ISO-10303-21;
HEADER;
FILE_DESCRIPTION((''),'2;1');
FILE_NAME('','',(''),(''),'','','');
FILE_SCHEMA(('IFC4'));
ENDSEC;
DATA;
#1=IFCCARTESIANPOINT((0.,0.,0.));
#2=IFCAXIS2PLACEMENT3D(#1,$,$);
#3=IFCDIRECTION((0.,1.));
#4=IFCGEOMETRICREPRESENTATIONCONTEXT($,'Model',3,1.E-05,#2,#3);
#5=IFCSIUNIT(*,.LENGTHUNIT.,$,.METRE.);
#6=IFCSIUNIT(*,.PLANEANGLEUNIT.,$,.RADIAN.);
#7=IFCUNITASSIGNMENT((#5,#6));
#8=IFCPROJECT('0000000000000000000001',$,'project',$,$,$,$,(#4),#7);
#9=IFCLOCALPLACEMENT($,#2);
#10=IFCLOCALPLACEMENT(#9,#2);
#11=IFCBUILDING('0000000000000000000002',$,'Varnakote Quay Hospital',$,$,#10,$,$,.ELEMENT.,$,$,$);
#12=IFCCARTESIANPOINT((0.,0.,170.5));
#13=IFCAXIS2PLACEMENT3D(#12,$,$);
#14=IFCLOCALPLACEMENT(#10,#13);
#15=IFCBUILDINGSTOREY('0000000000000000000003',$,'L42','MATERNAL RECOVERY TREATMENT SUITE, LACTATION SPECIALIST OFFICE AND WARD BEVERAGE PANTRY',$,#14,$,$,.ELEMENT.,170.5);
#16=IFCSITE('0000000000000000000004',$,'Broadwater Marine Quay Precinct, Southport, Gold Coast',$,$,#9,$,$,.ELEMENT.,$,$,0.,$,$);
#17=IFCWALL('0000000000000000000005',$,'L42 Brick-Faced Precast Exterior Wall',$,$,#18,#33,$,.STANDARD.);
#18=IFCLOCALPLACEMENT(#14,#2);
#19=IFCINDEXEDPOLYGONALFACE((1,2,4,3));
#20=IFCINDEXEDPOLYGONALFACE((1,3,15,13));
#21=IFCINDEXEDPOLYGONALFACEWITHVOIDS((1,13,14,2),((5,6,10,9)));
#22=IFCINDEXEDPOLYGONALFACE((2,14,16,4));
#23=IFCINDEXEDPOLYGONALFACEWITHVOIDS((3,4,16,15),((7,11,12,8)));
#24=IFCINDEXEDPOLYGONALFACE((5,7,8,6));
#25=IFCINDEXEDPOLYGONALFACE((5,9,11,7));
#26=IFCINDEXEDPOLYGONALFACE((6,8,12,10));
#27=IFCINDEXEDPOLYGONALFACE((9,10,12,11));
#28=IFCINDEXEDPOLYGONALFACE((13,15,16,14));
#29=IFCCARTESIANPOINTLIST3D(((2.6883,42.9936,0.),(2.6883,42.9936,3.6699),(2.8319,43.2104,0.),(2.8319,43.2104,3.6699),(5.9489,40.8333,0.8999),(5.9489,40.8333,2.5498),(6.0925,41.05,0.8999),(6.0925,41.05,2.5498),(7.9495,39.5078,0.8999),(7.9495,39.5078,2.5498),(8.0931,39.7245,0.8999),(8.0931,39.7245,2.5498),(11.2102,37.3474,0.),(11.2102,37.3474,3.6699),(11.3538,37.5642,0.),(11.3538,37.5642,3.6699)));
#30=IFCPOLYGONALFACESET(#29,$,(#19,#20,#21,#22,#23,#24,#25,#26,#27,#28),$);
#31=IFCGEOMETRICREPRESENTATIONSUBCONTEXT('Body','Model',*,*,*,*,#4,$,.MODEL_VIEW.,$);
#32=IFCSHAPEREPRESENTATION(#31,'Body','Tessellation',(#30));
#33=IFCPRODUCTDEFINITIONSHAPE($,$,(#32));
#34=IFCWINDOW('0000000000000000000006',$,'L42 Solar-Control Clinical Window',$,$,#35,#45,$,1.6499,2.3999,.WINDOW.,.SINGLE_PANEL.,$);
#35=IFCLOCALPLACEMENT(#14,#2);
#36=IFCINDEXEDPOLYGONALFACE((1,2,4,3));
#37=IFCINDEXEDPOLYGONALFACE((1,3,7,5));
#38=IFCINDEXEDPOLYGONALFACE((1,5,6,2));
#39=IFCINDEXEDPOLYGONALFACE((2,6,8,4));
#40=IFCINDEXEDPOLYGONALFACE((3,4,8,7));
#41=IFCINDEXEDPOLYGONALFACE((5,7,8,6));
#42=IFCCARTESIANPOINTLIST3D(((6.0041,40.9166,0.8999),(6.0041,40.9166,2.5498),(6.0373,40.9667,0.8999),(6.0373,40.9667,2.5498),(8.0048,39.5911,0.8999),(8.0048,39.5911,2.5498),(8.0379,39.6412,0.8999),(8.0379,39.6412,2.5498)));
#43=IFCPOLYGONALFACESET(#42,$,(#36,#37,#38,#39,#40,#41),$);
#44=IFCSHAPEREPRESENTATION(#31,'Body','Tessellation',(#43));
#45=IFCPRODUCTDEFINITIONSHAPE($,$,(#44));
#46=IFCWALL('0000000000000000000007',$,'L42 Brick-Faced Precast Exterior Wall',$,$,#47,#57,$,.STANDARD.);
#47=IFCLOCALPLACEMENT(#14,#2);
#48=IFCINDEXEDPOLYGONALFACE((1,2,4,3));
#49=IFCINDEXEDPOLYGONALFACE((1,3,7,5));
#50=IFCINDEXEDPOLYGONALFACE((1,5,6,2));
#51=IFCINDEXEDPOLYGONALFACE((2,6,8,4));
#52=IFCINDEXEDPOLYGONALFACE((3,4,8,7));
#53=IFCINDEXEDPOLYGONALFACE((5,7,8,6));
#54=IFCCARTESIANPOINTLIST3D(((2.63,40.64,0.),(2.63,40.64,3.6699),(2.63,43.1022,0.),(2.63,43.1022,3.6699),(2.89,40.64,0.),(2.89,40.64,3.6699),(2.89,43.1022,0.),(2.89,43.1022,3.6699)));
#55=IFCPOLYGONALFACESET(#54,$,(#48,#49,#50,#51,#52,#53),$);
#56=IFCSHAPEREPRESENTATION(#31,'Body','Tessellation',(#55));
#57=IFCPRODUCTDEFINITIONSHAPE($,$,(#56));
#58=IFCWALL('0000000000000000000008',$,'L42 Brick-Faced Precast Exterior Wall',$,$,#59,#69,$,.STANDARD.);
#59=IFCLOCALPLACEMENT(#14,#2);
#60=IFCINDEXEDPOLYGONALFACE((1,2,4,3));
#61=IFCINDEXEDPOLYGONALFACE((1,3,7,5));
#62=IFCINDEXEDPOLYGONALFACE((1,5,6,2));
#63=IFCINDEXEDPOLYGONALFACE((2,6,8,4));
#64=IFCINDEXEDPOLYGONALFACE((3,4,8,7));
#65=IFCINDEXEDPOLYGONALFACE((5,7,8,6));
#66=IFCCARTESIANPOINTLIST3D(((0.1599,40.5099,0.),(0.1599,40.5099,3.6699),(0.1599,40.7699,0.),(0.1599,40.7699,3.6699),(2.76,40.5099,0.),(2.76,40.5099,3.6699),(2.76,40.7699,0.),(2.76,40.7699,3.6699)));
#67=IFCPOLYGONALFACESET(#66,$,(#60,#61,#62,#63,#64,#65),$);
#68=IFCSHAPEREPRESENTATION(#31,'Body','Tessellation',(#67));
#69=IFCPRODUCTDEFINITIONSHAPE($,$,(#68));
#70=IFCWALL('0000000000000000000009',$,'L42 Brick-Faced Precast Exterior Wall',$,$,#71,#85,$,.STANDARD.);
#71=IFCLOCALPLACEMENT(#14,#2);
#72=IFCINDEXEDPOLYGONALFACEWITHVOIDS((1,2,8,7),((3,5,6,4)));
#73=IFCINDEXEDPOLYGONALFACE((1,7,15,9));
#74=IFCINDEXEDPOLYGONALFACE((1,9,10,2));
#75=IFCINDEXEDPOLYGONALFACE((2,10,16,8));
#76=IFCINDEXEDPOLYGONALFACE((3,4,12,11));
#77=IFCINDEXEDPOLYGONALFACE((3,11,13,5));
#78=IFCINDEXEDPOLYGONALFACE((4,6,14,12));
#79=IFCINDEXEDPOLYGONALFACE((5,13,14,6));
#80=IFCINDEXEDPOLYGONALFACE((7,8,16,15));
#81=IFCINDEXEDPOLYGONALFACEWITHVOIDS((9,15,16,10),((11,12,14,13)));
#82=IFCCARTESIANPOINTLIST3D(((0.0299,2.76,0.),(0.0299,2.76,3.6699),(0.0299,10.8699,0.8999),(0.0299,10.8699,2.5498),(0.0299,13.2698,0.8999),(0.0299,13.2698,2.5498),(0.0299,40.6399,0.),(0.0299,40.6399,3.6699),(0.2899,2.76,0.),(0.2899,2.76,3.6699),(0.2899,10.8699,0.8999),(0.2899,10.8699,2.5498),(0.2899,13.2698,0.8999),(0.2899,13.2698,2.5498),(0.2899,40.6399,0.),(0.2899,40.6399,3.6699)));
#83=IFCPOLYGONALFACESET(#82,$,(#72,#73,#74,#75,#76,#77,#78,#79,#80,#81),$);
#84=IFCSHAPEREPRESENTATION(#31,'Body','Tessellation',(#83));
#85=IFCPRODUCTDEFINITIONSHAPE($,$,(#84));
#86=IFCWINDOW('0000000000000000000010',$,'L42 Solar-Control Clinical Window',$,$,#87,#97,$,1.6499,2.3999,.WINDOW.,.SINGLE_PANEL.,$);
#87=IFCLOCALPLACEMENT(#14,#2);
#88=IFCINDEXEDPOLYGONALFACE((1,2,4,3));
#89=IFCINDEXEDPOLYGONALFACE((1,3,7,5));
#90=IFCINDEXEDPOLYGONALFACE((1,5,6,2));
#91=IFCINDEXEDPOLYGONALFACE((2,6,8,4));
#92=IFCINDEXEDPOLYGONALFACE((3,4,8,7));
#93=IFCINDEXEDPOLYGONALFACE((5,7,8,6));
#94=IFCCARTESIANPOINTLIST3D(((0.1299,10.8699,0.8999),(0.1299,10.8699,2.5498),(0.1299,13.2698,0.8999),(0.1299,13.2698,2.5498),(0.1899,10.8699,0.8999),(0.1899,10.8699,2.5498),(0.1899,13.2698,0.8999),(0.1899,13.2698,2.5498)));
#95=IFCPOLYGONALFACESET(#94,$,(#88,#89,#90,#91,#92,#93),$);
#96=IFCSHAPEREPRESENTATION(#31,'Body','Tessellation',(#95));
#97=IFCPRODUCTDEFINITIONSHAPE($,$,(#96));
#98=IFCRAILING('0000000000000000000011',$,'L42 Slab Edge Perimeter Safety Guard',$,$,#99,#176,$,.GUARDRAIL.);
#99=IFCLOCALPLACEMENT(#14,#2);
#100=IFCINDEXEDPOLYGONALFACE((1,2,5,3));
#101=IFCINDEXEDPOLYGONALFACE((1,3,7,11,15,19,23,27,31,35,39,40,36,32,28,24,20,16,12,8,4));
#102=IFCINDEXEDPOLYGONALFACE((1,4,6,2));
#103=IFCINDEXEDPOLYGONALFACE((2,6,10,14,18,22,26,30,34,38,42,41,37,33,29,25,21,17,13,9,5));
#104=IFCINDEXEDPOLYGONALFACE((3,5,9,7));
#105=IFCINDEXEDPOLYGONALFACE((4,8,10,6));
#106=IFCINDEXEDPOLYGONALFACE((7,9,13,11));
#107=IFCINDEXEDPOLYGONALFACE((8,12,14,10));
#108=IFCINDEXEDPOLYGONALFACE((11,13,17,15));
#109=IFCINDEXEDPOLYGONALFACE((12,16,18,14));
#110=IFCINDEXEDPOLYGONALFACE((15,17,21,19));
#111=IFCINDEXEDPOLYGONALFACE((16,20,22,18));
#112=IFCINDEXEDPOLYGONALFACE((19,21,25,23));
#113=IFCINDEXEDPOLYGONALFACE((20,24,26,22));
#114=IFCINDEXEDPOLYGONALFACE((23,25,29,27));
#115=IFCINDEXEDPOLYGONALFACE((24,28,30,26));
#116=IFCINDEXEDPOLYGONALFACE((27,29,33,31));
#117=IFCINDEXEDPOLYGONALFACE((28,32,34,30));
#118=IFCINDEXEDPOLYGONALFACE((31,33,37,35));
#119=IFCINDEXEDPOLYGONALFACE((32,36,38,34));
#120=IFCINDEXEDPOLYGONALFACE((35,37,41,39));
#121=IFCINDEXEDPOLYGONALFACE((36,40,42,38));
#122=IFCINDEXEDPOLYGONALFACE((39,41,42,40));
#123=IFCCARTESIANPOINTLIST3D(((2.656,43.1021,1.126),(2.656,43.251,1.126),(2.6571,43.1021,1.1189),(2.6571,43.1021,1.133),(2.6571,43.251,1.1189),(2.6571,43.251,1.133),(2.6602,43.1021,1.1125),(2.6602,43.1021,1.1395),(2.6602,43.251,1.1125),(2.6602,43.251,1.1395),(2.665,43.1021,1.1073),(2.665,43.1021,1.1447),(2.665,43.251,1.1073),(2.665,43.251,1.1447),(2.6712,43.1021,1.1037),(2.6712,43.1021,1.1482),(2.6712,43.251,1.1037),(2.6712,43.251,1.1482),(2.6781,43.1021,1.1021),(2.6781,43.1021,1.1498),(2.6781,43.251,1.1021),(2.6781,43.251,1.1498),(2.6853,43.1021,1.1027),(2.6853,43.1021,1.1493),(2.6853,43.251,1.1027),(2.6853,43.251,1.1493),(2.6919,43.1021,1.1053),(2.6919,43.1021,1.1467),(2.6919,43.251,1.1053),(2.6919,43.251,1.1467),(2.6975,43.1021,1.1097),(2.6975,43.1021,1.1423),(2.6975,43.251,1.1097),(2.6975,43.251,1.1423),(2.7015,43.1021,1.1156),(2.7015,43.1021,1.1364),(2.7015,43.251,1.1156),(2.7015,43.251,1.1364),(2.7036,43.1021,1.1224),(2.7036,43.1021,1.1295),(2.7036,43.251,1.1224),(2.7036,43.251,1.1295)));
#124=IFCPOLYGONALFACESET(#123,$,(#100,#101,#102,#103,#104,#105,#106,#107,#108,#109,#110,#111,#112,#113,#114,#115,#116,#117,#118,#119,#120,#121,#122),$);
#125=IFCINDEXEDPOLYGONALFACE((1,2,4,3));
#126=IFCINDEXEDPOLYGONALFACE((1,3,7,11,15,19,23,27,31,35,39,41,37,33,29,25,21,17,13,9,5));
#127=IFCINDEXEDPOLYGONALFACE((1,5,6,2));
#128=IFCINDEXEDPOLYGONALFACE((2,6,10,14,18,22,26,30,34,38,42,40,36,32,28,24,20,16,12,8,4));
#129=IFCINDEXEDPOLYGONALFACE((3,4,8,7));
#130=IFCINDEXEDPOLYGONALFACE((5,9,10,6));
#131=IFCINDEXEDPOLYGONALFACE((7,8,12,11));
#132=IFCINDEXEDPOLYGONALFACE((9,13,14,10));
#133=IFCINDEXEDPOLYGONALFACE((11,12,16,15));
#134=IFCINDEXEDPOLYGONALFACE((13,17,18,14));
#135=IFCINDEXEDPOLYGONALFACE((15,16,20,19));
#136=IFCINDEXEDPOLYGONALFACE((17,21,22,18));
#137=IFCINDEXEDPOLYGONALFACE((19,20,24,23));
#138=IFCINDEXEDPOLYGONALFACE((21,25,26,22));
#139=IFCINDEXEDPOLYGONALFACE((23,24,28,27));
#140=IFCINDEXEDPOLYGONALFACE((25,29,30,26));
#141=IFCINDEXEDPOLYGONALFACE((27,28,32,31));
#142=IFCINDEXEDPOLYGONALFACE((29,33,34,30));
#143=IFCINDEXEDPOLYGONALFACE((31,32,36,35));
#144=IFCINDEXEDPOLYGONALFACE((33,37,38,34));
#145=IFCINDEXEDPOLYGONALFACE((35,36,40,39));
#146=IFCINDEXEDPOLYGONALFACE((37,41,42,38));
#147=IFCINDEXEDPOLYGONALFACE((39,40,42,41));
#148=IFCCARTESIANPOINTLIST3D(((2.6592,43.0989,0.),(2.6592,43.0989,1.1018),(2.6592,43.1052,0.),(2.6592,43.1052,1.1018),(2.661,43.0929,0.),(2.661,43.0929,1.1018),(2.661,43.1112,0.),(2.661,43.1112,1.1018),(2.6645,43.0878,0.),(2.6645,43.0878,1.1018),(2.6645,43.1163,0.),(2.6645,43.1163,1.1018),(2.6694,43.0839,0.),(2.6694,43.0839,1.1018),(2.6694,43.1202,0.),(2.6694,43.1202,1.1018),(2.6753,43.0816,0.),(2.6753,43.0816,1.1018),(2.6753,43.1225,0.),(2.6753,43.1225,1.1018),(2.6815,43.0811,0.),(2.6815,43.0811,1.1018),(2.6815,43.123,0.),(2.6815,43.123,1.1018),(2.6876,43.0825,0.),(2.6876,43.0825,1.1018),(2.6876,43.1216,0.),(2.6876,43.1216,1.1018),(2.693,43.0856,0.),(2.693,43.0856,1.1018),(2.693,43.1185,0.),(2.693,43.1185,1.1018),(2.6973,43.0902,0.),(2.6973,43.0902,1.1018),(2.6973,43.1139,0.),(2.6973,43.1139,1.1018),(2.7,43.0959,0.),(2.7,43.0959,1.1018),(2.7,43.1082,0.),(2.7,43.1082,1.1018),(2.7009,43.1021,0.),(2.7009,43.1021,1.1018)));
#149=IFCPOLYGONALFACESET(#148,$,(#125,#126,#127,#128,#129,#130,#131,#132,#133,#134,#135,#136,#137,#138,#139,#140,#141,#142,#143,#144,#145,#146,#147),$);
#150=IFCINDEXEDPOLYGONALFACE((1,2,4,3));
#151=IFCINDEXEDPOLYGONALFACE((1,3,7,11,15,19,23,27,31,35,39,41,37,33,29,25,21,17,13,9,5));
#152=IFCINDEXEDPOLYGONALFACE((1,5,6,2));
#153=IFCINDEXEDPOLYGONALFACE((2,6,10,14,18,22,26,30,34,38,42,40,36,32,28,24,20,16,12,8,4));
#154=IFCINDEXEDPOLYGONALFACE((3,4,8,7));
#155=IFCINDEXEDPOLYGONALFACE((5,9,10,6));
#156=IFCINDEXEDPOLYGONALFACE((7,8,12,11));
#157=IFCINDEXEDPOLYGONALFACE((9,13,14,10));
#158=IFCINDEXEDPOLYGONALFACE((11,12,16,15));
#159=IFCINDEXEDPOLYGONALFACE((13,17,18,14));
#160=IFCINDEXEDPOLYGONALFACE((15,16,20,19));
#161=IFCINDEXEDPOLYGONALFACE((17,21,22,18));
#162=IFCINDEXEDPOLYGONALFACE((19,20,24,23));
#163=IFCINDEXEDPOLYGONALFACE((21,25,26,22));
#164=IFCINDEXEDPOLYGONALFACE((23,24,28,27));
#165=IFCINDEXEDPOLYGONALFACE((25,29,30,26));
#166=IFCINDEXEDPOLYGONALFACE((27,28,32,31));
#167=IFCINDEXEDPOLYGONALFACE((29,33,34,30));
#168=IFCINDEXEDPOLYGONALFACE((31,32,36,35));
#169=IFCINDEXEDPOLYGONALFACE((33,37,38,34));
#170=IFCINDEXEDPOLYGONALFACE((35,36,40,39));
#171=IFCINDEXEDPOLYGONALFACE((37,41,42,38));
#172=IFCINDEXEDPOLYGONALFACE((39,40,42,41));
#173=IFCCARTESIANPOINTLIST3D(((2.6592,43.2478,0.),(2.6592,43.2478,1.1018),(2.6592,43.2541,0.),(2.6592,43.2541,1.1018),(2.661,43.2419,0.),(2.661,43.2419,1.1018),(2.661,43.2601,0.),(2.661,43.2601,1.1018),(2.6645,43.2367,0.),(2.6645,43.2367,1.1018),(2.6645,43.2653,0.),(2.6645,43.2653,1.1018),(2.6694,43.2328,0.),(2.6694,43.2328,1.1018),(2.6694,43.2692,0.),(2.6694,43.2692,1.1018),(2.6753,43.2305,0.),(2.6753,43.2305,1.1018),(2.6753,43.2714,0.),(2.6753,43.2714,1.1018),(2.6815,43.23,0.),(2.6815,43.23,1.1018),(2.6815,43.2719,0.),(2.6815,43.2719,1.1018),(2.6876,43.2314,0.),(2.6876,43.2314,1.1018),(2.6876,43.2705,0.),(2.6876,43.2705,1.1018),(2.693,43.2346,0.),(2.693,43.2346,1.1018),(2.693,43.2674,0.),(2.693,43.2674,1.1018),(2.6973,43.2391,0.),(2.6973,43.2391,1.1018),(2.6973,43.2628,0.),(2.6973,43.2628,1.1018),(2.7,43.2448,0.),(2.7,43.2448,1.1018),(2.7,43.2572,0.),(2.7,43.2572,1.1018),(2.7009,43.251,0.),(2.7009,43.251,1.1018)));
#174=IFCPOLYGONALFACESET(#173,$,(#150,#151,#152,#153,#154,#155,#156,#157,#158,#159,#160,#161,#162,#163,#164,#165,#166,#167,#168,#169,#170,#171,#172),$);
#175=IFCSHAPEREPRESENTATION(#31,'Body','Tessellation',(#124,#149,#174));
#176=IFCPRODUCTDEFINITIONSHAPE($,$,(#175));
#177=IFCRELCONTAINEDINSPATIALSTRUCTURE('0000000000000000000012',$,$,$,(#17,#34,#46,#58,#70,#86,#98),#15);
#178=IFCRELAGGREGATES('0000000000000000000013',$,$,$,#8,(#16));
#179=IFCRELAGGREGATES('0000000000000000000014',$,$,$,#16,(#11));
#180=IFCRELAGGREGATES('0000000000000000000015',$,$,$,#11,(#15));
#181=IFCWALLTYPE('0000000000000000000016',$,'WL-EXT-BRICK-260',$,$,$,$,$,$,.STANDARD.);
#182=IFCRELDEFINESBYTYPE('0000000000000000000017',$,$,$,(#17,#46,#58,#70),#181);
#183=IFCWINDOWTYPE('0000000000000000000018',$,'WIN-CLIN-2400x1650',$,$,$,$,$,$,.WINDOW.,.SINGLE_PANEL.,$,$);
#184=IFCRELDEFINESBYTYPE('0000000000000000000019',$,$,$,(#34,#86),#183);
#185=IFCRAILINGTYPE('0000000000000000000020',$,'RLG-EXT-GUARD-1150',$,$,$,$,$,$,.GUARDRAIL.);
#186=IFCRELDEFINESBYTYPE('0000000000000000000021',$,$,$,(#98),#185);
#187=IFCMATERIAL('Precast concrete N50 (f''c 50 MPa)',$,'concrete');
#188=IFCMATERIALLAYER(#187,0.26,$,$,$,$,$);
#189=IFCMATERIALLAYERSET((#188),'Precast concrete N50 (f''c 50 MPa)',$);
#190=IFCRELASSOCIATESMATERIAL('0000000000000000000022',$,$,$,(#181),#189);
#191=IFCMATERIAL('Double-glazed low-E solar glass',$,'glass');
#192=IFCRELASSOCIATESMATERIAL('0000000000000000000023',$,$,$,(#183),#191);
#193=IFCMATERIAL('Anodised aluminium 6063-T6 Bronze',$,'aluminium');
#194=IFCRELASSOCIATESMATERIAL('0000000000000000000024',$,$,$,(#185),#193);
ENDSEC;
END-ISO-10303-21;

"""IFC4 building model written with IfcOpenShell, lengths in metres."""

from ifc_helpers import new_model, si_unit, direction, frame, frame_2d, origin, origin_2d, place, context, subcontext, project, spatial, rectangle, circle, extrude, material, layer, layer_set, type_object, element, fill, save


model = new_model("IFC4")

# Units and contexts
model_context = context("Model", 3, precision=1e-05, world=origin(), true_north=direction((0.0, 1.0)))
body_context = subcontext(model_context, "Body", "Model", "MODEL_VIEW")
ifc_project = project(units=[si_unit("LENGTHUNIT", "METRE"), si_unit("PLANEANGLEUNIT", "RADIAN")], contexts=[model_context])

# Site, building, storey
site_placement = place(None, origin())
site = spatial("IfcSite", under=ifc_project, at=site_placement, Name="Broadwater Marine Quay Precinct, Southport, Gold Coast", CompositionType="ELEMENT", RefElevation=0.0)
building_placement = place(site_placement, origin())
building = spatial("IfcBuilding", under=site, at=building_placement, Name="Varnakote Quay Hospital", CompositionType="ELEMENT")
storey_placement = place(building_placement, frame((0.0, 0.0, 170.5)))
storey = spatial("IfcBuildingStorey", under=building, at=storey_placement, Name="L42", Description="MATERNAL RECOVERY TREATMENT SUITE, LACTATION SPECIALIST OFFICE AND WARD BEVERAGE PANTRY", CompositionType="ELEMENT", Elevation=170.5)

# Wall, opening, window
ifc_material_1 = material(Name="Precast concrete N50 (f'c 50 MPa)", Category="concrete")
ifc_layer = layer(ifc_material_1, 0.26)
ifc_layer_set = layer_set([ifc_layer], Name="Precast concrete N50 (f'c 50 MPa)")
wall_type = type_object("IfcWallType", Name="WL-EXT-BRICK-260", PredefinedType="STANDARD", material=ifc_layer_set)
wall_1_placement = place(storey_placement, frame((11.282, 37.4558, 0.0), z_axis=(0.0, 0.0, 1.0), x_axis=(-0.83363, 0.552323, 0.0)))
wall_1 = element("IfcWall", 1, at=wall_1_placement, inside=storey, type_object=wall_type, Name="L42 Brick-Faced Precast Exterior Wall", PredefinedType="STANDARD", context=body_context, shape_type="SweptSolid", body=[
    extrude(rectangle(XDim=10.2227, YDim=0.26, at=frame_2d((5.1113, 0.0))), origin(), (0.0, 0.0, 1.0), 3.6699),
])
opening_1_placement = place(wall_1_placement, frame((3.9114, 0.0, 0.8999)))
opening_1 = element("IfcOpeningElement", 2, at=opening_1_placement, cuts=wall_1, PredefinedType="OPENING", context=body_context, shape_type="SweptSolid", body=[
    extrude(rectangle(XDim=2.3999, YDim=1.6499, at=frame_2d((1.2, 0.825))), frame((0.0, 0.1399, 0.0), z_axis=(0.0, -1.0, 0.0), x_axis=(1.0, 0.0, 0.0)), (0.0, 0.0, 1.0), 0.28),
])
ifc_material_2 = material(Name="Double-glazed low-E solar glass", Category="glass")
window_type = type_object("IfcWindowType", Name="WIN-CLIN-2400x1650", PartitioningType="SINGLE_PANEL", PredefinedType="WINDOW", material=ifc_material_2)
window_1_placement = place(opening_1_placement, origin())
window_1 = element("IfcWindow", 3, at=window_1_placement, inside=storey, type_object=window_type, Name="L42 Solar-Control Clinical Window", OverallHeight=1.6499, OverallWidth=2.3999, PartitioningType="SINGLE_PANEL", PredefinedType="WINDOW", context=body_context, shape_type="SweptSolid", body=[
    extrude(rectangle(XDim=2.3999, YDim=1.6499, at=frame_2d((1.2, 0.825))), frame((0.0, 0.03, 0.0), z_axis=(0.0, -1.0, 0.0), x_axis=(1.0, 0.0, 0.0)), (0.0, 0.0, 1.0), 0.0601),
])
fill(opening_1, window_1)

# Walls
wall_2_placement = place(storey_placement, frame((2.76, 43.1021, 0.0), z_axis=(0.0, 0.0, 1.0), x_axis=(0.0, -1.0, 0.0)))
element("IfcWall", 4, at=wall_2_placement, inside=storey, type_object=wall_type, Name="L42 Brick-Faced Precast Exterior Wall", PredefinedType="STANDARD", context=body_context, shape_type="SweptSolid", body=[
    extrude(rectangle(XDim=2.4622, YDim=0.26, at=frame_2d((1.231, 0.0))), origin(), (0.0, 0.0, 1.0), 3.6699),
])
wall_3_placement = place(storey_placement, frame((2.76, 40.6399, 0.0), z_axis=(0.0, 0.0, 1.0), x_axis=(-1.0, 0.0, 0.0)))
element("IfcWall", 5, at=wall_3_placement, inside=storey, type_object=wall_type, Name="L42 Brick-Faced Precast Exterior Wall", PredefinedType="STANDARD", context=body_context, shape_type="SweptSolid", body=[
    extrude(rectangle(XDim=2.6001, YDim=0.26, at=frame_2d((1.3, 0.0))), origin(), (0.0, 0.0, 1.0), 3.6699),
])

# Wall, opening, window
wall_4_placement = place(storey_placement, frame((0.1599, 40.6399, 0.0), z_axis=(0.0, 0.0, 1.0), x_axis=(0.0, -1.0, 0.0)))
wall_4 = element("IfcWall", 6, at=wall_4_placement, inside=storey, type_object=wall_type, Name="L42 Brick-Faced Precast Exterior Wall", PredefinedType="STANDARD", context=body_context, shape_type="SweptSolid", body=[
    extrude(rectangle(XDim=37.8799, YDim=0.26, at=frame_2d((18.9399, 0.0))), origin(), (0.0, 0.0, 1.0), 3.6699),
])
opening_2_placement = place(wall_4_placement, frame((27.3701, 0.0, 0.8999)))
opening_2 = element("IfcOpeningElement", 7, at=opening_2_placement, cuts=wall_4, PredefinedType="OPENING", context=body_context, shape_type="SweptSolid", body=[
    extrude(rectangle(XDim=2.3999, YDim=1.6499, at=frame_2d((1.2, 0.825))), frame((0.0, 0.1399, 0.0), z_axis=(0.0, -1.0, 0.0), x_axis=(1.0, 0.0, 0.0)), (0.0, 0.0, 1.0), 0.28),
])
window_2_placement = place(opening_2_placement, origin())
window_2 = element("IfcWindow", 8, at=window_2_placement, inside=storey, type_object=window_type, Name="L42 Solar-Control Clinical Window", OverallHeight=1.6499, OverallWidth=2.3999, PartitioningType="SINGLE_PANEL", PredefinedType="WINDOW", context=body_context, shape_type="SweptSolid", body=[
    extrude(rectangle(XDim=2.3999, YDim=1.6499, at=frame_2d((1.2, 0.825))), frame((0.0, 0.03, 0.0), z_axis=(0.0, -1.0, 0.0), x_axis=(1.0, 0.0, 0.0)), (0.0, 0.0, 1.0), 0.0601),
])
fill(opening_2, window_2)

# Railing
ifc_material_3 = material(Name="Anodised aluminium 6063-T6 Bronze", Category="aluminium")
railing_type = type_object("IfcRailingType", Name="RLG-EXT-GUARD-1150", PredefinedType="GUARDRAIL", material=ifc_material_3)
railing_1_placement = place(storey_placement, frame((2.6799, 43.1021, 0.0)))
element("IfcRailing", 9, at=railing_1_placement, inside=storey, type_object=railing_type, Name="L42 Slab Edge Perimeter Safety Guard", PredefinedType="GUARDRAIL", context=body_context, shape_type="SweptSolid", body=[
    extrude(circle(Radius=0.0239, at=origin_2d()), frame((0.0, 0.0, 1.126), z_axis=(0.0, 1.0, 0.0), x_axis=(-1.0, 0.0, 0.0)), (0.0, 0.0, 1.0), 0.1489),
    extrude(circle(Radius=0.021, at=origin_2d()), origin(), (0.0, 0.0, 1.0), 1.1018),
    extrude(circle(Radius=0.021, at=origin_2d()), frame((0.0, 0.1489, 0.0)), (0.0, 0.0, 1.0), 1.1018),
])

save(model, "model.ifc")
